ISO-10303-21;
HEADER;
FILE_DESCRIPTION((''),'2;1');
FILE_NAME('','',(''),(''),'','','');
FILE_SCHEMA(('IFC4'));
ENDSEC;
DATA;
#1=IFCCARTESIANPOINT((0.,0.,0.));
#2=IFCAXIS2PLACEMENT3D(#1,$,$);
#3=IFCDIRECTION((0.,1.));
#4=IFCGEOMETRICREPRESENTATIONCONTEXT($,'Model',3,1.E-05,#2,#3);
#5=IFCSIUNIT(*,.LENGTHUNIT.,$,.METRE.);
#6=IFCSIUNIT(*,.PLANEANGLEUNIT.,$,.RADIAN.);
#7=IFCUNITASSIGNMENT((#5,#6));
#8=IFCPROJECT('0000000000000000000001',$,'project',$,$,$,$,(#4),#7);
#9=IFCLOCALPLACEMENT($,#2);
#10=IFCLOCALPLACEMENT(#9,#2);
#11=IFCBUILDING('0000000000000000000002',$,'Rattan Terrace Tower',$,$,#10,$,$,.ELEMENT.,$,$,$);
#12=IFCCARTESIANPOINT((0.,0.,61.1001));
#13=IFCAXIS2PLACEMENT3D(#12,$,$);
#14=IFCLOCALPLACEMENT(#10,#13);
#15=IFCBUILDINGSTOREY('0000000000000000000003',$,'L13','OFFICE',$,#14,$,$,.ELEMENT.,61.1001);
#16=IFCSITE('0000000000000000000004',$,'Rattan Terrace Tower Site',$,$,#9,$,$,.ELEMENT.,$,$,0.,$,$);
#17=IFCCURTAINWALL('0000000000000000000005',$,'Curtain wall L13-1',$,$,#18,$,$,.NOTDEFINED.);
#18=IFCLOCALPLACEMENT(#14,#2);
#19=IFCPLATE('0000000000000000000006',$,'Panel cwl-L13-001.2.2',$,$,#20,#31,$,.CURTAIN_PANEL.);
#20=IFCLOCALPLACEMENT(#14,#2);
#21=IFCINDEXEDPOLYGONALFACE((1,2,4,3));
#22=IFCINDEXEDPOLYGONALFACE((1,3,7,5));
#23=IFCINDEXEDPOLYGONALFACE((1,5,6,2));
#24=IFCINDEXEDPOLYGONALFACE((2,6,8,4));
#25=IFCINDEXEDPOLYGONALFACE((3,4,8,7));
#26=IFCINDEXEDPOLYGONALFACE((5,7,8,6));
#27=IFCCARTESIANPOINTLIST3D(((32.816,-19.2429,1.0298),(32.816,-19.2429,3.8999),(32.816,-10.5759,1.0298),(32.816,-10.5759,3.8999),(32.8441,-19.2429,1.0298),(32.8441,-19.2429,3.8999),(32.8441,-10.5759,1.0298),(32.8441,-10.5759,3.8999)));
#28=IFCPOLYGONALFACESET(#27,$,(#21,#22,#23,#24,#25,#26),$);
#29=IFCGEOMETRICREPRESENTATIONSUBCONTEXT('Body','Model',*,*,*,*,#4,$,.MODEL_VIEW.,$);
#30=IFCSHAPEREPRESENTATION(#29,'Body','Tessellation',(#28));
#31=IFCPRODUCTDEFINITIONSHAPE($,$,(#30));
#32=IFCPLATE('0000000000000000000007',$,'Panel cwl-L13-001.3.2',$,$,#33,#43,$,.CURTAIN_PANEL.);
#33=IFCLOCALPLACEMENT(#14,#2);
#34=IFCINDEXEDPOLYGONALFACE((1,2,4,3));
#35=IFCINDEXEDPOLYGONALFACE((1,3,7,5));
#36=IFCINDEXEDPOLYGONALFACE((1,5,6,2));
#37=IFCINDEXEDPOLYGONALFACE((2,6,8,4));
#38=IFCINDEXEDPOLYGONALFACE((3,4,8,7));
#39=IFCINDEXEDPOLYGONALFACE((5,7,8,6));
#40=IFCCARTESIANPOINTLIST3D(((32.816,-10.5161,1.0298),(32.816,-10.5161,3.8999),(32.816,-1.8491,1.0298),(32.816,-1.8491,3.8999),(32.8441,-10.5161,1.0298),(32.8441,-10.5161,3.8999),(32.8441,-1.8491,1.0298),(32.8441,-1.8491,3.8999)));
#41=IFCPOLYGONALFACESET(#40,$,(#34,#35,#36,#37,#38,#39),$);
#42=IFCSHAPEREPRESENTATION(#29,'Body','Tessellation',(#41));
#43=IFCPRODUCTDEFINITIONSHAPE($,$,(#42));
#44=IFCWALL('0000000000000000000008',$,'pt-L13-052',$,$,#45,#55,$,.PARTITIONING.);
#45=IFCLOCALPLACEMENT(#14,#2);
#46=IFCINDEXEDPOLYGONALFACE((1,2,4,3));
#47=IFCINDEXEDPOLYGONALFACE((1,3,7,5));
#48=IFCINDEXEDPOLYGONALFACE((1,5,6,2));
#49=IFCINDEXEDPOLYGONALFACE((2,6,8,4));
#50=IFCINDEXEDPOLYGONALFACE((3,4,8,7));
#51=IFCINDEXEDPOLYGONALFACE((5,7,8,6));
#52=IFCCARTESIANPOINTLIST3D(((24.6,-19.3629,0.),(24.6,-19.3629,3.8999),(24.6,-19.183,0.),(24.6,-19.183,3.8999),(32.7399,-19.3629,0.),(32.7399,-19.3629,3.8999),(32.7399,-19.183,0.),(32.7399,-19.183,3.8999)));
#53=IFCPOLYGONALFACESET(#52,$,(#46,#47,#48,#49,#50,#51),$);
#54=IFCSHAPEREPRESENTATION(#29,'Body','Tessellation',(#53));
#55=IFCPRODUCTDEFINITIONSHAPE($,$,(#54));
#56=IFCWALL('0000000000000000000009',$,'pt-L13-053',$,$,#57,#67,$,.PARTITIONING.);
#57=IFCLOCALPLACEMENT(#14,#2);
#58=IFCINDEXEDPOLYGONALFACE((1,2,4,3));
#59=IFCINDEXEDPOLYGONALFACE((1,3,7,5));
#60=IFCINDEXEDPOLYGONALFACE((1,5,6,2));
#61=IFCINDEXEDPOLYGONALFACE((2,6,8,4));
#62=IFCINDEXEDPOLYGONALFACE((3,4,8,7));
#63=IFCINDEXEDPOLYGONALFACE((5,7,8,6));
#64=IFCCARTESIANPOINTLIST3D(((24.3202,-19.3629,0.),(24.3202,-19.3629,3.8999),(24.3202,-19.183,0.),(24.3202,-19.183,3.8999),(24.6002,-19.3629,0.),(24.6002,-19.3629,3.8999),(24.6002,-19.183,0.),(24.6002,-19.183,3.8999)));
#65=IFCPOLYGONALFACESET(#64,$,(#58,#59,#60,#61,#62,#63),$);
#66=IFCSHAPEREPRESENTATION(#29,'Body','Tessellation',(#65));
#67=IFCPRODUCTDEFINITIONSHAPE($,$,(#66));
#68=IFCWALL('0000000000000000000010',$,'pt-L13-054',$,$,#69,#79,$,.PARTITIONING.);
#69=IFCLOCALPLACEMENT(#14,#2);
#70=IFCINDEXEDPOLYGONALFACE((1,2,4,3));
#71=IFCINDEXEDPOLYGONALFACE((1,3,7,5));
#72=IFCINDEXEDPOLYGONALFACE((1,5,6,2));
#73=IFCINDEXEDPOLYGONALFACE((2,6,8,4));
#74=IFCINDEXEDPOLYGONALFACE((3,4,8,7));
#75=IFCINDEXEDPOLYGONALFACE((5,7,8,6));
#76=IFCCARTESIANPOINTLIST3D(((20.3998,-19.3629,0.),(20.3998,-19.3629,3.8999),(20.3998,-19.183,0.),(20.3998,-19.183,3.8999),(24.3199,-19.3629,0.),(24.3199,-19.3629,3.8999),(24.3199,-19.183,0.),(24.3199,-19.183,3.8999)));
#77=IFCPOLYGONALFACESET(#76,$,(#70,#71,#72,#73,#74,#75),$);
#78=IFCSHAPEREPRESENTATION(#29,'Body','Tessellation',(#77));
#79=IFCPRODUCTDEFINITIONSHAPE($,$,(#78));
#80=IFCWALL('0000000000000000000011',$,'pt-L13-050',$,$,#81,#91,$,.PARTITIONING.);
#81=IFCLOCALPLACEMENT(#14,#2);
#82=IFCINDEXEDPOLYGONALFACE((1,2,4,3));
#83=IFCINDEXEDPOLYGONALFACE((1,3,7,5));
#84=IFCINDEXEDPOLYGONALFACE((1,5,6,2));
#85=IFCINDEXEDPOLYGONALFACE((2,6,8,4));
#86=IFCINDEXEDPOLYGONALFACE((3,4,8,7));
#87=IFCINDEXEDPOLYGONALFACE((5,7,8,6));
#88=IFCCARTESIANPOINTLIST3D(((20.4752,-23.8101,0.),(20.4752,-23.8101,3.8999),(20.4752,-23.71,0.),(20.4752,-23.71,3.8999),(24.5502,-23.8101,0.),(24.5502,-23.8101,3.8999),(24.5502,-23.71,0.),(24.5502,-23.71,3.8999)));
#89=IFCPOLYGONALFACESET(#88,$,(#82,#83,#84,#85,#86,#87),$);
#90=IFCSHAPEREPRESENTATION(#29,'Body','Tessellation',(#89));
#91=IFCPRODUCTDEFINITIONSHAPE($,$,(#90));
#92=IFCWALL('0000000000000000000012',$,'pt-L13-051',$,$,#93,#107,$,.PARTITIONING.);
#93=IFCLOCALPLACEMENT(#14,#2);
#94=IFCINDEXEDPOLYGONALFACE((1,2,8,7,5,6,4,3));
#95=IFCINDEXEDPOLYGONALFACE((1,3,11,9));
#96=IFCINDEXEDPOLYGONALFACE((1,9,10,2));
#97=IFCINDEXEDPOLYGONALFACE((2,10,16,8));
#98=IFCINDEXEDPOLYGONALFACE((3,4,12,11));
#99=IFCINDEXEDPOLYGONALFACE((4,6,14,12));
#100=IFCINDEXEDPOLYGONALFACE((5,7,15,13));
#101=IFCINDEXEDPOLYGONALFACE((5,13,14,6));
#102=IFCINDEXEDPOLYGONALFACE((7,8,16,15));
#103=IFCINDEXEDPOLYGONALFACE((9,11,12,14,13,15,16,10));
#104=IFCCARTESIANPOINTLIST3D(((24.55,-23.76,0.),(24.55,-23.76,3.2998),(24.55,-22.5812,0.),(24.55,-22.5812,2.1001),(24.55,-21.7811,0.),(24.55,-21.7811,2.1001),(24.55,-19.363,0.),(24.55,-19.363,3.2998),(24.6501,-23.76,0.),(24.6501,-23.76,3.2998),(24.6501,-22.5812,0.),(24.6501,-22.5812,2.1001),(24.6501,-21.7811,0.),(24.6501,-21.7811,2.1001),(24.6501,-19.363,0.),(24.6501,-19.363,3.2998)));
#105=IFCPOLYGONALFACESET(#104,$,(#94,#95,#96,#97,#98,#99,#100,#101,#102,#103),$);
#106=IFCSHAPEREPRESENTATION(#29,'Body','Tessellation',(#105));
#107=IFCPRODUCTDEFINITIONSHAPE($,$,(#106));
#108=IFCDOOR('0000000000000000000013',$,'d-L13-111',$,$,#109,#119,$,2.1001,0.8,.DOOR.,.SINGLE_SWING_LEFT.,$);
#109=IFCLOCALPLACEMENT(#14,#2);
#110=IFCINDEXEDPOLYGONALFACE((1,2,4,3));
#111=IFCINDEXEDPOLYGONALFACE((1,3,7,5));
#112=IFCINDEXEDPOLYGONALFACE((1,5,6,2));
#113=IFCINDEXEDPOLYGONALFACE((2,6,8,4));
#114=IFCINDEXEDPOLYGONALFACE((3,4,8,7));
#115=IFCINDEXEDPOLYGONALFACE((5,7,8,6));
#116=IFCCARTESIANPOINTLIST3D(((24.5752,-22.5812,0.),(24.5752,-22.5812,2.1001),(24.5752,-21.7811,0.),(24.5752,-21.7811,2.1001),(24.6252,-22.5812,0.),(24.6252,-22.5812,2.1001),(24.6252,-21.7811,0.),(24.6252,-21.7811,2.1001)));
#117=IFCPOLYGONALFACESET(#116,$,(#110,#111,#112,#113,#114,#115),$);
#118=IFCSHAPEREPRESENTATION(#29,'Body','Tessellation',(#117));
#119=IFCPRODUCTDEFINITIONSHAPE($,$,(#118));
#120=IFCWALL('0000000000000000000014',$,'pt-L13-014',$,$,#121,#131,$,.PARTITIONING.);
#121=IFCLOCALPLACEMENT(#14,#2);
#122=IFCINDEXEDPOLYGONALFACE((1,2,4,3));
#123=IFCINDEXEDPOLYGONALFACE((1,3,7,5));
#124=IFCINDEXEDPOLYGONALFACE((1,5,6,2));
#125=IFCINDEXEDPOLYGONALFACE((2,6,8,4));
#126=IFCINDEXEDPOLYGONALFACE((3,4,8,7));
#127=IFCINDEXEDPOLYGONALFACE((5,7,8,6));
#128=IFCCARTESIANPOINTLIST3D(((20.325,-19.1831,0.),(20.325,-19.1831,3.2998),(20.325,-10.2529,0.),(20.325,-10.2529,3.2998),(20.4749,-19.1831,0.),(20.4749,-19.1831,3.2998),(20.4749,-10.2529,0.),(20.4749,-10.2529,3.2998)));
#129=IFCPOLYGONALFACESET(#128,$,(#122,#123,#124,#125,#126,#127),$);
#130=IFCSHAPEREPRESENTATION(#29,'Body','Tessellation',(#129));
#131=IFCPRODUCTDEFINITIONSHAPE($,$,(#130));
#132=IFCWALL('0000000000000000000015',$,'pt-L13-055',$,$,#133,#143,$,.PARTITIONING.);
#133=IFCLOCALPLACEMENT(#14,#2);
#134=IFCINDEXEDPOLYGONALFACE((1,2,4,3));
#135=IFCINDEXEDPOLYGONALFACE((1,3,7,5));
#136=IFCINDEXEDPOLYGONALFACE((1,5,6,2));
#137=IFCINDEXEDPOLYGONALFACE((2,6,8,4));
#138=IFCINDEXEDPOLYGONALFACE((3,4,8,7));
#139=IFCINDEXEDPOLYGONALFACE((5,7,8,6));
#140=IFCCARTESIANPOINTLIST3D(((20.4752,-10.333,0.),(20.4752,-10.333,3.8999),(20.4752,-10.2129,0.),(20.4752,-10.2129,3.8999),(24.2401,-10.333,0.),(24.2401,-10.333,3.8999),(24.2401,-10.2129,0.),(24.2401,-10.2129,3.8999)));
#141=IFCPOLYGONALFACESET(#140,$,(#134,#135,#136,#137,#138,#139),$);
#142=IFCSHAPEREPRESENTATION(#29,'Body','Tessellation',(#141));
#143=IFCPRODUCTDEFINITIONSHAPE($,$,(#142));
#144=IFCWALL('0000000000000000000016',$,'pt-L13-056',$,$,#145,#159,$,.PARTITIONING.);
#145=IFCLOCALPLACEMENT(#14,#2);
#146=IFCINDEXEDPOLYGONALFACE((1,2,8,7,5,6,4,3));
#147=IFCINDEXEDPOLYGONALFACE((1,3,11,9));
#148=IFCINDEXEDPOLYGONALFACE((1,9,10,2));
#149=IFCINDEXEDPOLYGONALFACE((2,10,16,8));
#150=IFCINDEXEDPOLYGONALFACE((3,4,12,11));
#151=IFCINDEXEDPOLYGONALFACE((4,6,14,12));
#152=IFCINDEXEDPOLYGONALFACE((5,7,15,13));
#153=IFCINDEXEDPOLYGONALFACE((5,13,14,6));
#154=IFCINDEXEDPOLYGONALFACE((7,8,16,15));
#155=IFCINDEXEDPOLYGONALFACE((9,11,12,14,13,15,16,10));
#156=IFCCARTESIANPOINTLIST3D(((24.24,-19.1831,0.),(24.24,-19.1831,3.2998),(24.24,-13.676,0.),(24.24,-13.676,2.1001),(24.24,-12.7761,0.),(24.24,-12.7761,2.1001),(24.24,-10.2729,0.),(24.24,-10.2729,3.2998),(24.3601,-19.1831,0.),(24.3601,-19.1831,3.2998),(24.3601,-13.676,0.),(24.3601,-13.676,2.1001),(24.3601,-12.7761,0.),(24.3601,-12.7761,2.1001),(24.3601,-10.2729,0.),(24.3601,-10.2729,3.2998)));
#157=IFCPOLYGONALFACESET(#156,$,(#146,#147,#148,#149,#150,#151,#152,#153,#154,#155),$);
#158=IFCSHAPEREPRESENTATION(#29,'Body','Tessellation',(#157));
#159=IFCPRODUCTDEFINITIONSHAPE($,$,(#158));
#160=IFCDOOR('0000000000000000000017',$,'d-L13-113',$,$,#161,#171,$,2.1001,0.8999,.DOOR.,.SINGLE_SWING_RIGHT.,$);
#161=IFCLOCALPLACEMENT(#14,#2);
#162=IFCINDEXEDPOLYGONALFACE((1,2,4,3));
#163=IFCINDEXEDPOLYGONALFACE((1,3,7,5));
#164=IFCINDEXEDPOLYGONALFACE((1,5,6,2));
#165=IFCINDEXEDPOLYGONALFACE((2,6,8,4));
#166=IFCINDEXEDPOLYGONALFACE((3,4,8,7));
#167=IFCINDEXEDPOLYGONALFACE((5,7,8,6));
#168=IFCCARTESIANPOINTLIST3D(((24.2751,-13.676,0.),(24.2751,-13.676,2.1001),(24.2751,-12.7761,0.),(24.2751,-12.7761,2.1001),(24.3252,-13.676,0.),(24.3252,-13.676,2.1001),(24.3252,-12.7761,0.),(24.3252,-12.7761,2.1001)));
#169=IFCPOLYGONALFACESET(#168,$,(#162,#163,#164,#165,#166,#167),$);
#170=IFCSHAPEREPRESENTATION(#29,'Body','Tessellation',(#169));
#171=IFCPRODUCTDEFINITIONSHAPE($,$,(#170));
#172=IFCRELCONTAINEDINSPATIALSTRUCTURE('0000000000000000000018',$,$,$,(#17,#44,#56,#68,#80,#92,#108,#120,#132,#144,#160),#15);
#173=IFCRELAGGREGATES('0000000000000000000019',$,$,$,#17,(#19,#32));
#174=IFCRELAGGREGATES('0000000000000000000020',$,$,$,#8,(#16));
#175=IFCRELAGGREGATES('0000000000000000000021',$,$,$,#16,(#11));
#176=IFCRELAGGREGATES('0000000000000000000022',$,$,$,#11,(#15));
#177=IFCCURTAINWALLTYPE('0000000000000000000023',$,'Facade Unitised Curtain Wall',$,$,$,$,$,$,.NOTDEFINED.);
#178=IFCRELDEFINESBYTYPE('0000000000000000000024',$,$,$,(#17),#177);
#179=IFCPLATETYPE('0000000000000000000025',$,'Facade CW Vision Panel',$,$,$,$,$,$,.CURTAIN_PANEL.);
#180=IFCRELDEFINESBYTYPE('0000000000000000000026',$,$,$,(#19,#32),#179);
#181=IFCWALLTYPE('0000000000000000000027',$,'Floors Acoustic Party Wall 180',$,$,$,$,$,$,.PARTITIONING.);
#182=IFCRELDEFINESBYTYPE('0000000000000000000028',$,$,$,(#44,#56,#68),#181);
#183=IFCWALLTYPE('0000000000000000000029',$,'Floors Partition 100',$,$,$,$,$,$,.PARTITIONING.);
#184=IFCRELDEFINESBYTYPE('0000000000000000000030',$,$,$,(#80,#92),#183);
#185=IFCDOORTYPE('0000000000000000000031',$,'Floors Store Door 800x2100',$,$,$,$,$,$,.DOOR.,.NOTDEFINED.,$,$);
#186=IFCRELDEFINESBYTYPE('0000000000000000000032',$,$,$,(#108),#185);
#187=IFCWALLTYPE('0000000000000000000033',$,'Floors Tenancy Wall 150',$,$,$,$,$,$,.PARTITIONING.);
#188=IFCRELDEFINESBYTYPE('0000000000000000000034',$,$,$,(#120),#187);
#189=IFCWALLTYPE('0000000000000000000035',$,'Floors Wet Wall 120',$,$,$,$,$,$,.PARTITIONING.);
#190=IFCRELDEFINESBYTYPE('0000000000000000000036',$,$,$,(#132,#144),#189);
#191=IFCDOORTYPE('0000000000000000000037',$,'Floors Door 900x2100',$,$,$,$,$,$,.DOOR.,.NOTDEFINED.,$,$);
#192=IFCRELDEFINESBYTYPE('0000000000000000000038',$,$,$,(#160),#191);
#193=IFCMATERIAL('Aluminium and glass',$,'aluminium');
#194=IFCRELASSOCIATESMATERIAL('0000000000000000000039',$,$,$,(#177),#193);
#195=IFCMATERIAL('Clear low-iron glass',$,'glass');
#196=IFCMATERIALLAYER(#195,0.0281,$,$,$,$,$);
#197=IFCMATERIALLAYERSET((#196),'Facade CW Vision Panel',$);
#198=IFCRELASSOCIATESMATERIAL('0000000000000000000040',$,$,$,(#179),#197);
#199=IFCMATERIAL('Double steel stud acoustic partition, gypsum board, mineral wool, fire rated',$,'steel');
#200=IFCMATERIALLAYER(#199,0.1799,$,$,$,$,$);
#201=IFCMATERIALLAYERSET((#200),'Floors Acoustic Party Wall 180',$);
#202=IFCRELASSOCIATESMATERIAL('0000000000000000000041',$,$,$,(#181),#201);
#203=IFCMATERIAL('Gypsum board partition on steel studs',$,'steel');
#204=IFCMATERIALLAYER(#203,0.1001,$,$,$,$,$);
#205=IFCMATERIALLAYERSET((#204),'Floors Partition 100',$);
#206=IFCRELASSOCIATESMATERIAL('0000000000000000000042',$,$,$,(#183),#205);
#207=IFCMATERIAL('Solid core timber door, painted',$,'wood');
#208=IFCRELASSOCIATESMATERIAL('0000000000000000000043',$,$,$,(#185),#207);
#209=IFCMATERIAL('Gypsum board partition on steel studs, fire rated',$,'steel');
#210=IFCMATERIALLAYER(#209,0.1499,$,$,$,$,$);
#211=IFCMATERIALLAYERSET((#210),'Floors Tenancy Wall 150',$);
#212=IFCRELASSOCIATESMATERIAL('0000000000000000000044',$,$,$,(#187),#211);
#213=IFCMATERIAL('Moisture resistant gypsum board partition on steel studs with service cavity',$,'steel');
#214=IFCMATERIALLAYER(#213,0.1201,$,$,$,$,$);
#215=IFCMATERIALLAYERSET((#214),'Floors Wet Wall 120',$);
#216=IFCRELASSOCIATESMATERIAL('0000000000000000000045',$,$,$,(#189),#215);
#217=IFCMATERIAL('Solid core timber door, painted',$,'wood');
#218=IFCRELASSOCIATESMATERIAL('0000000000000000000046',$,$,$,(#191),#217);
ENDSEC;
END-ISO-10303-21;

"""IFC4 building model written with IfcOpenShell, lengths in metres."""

from ifc_helpers import new_model, si_unit, direction, frame, frame_2d, origin, origin_2d, place, context, subcontext, project, spatial, rectangle, extrude, material, layer, layer_set, type_object, element, fill, aggregate, save


model = new_model("IFC4")

# Units and contexts
model_context = context("Model", 3, precision=1e-05, world=origin(), true_north=direction((0.0, 1.0)))
body_context = subcontext(model_context, "Body", "Model", "MODEL_VIEW")
ifc_project = project(units=[si_unit("LENGTHUNIT", "METRE"), si_unit("PLANEANGLEUNIT", "RADIAN")], contexts=[model_context])

# Site, building, storey
site_placement = place(None, origin())
site = spatial("IfcSite", under=ifc_project, at=site_placement, Name="Rattan Terrace Tower Site", CompositionType="ELEMENT", RefElevation=0.0)
building_placement = place(site_placement, origin())
building = spatial("IfcBuilding", under=site, at=building_placement, Name="Rattan Terrace Tower", CompositionType="ELEMENT")
storey_placement = place(building_placement, frame((0.0, 0.0, 61.1001)))
storey = spatial("IfcBuildingStorey", under=building, at=storey_placement, Name="L13", Description="OFFICE", CompositionType="ELEMENT", Elevation=61.1001)

# Curtain wall
ifc_material_1 = material(Name="Aluminium and glass", Category="aluminium")
curtain_wall_type = type_object("IfcCurtainWallType", Name="Facade Unitised Curtain Wall", PredefinedType="NOTDEFINED", material=ifc_material_1)
curtain_wall_placement = place(storey_placement, origin())
curtain_wall = element("IfcCurtainWall", 1, at=curtain_wall_placement, inside=storey, type_object=curtain_wall_type, Name="Curtain wall L13-1", PredefinedType="NOTDEFINED")

# Plates
ifc_material_2 = material(Name="Clear low-iron glass", Category="glass")
ifc_layer_1 = layer(ifc_material_2, 0.0281)
ifc_layer_set_1 = layer_set([ifc_layer_1], Name="Facade CW Vision Panel")
plate_type_1 = type_object("IfcPlateType", Name="Facade CW Vision Panel", PredefinedType="CURTAIN_PANEL", material=ifc_layer_set_1)
plate_1_placement = place(storey_placement, frame((32.8301, -14.9094, 1.0298), z_axis=(0.0, 0.0, 1.0), x_axis=(0.0, 1.0, 0.0)))
plate_1 = element("IfcPlate", 2, at=plate_1_placement, type_object=plate_type_1, Name="Panel cwl-L13-001.2.2", PredefinedType="CURTAIN_PANEL", context=body_context, shape_type="SweptSolid", body=[
    extrude(rectangle(XDim=8.667, YDim=0.0281, at=origin_2d()), origin(), (0.0, 0.0, 1.0), 2.8701),
])
plate_2_placement = place(storey_placement, frame((32.8301, -6.1826, 1.0298), z_axis=(0.0, 0.0, 1.0), x_axis=(0.0, 1.0, 0.0)))
plate_2 = element("IfcPlate", 3, at=plate_2_placement, type_object=plate_type_1, Name="Panel cwl-L13-001.3.2", PredefinedType="CURTAIN_PANEL", context=body_context, shape_type="SweptSolid", body=[
    extrude(rectangle(XDim=8.667, YDim=0.0281, at=origin_2d()), origin(), (0.0, 0.0, 1.0), 2.8701),
])
aggregate(curtain_wall, [plate_1, plate_2])

# Walls
ifc_material_3 = material(Name="Double steel stud acoustic partition, gypsum board, mineral wool, fire rated", Category="steel")
ifc_layer_2 = layer(ifc_material_3, 0.1799)
ifc_layer_set_2 = layer_set([ifc_layer_2], Name="Floors Acoustic Party Wall 180")
wall_type_1 = type_object("IfcWallType", Name="Floors Acoustic Party Wall 180", PredefinedType="PARTITIONING", material=ifc_layer_set_2)
wall_1_placement = place(storey_placement, frame((24.6001, -19.2729, 0.0), z_axis=(0.0, 0.0, 1.0), x_axis=(1.0, 0.0, 0.0)))
element("IfcWall", 4, at=wall_1_placement, inside=storey, type_object=wall_type_1, Name="pt-L13-052", PredefinedType="PARTITIONING", context=body_context, shape_type="SweptSolid", body=[
    extrude(rectangle(XDim=8.1399, YDim=0.1799, at=frame_2d((4.0698, 0.0))), origin(), (0.0, 0.0, 1.0), 3.8999),
])
wall_2_placement = place(storey_placement, frame((24.3201, -19.2729, 0.0), z_axis=(0.0, 0.0, 1.0), x_axis=(1.0, 0.0, 0.0)))
element("IfcWall", 5, at=wall_2_placement, inside=storey, type_object=wall_type_1, Name="pt-L13-053", PredefinedType="PARTITIONING", context=body_context, shape_type="SweptSolid", body=[
    extrude(rectangle(XDim=0.28, YDim=0.1799, at=frame_2d((0.1401, 0.0))), origin(), (0.0, 0.0, 1.0), 3.8999),
])
wall_3_placement = place(storey_placement, frame((20.3999, -19.2729, 0.0), z_axis=(0.0, 0.0, 1.0), x_axis=(1.0, 0.0, 0.0)))
element("IfcWall", 6, at=wall_3_placement, inside=storey, type_object=wall_type_1, Name="pt-L13-054", PredefinedType="PARTITIONING", context=body_context, shape_type="SweptSolid", body=[
    extrude(rectangle(XDim=3.9202, YDim=0.1799, at=frame_2d((1.96, 0.0))), origin(), (0.0, 0.0, 1.0), 3.8999),
])
ifc_material_4 = material(Name="Gypsum board partition on steel studs", Category="steel")
ifc_layer_3 = layer(ifc_material_4, 0.1001)
ifc_layer_set_3 = layer_set([ifc_layer_3], Name="Floors Partition 100")
wall_type_2 = type_object("IfcWallType", Name="Floors Partition 100", PredefinedType="PARTITIONING", material=ifc_layer_set_3)
wall_4_placement = place(storey_placement, frame((20.4751, -23.76, 0.0), z_axis=(0.0, 0.0, 1.0), x_axis=(1.0, 0.0, 0.0)))
element("IfcWall", 7, at=wall_4_placement, inside=storey, type_object=wall_type_2, Name="pt-L13-050", PredefinedType="PARTITIONING", context=body_context, shape_type="SweptSolid", body=[
    extrude(rectangle(XDim=4.075, YDim=0.1001, at=frame_2d((2.0376, 0.0))), origin(), (0.0, 0.0, 1.0), 3.8999),
])

# Wall, opening, door
wall_5_placement = place(storey_placement, frame((24.6001, -23.76, 0.0), z_axis=(0.0, 0.0, 1.0), x_axis=(0.0, 1.0, 0.0)))
wall_5 = element("IfcWall", 8, at=wall_5_placement, inside=storey, type_object=wall_type_2, Name="pt-L13-051", PredefinedType="PARTITIONING", context=body_context, shape_type="SweptSolid", body=[
    extrude(rectangle(XDim=4.397, YDim=0.1001, at=frame_2d((2.1985, 0.0))), origin(), (0.0, 0.0, 1.0), 3.2998),
])
opening_1_placement = place(wall_5_placement, frame((1.179, 0.0, 0.0)))
opening_1 = element("IfcOpeningElement", 9, at=opening_1_placement, cuts=wall_5, PredefinedType="OPENING", context=body_context, shape_type="SweptSolid", body=[
    extrude(rectangle(XDim=0.8, YDim=2.1001, at=frame_2d((0.3999, 1.05))), frame((0.0, 0.0605, 0.0), z_axis=(0.0, -1.0, 0.0), x_axis=(1.0, 0.0, 0.0)), (0.0, 0.0, 1.0), 0.1211),
])
ifc_material_5 = material(Name="Solid core timber door, painted", Category="wood")
door_type_1 = type_object("IfcDoorType", Name="Floors Store Door 800x2100", OperationType="NOTDEFINED", PredefinedType="DOOR", material=ifc_material_5)
door_1_placement = place(opening_1_placement, origin())
door_1 = element("IfcDoor", 10, at=door_1_placement, inside=storey, type_object=door_type_1, Name="d-L13-111", OperationType="SINGLE_SWING_LEFT", OverallHeight=2.1001, OverallWidth=0.8, PredefinedType="DOOR", context=body_context, shape_type="SweptSolid", body=[
    extrude(rectangle(XDim=0.8, YDim=2.1001, at=frame_2d((0.3999, 1.05))), frame((0.0, 0.0249, 0.0), z_axis=(0.0, -1.0, 0.0), x_axis=(1.0, 0.0, 0.0)), (0.0, 0.0, 1.0), 0.05),
])
fill(opening_1, door_1)

# Walls
ifc_material_6 = material(Name="Gypsum board partition on steel studs, fire rated", Category="steel")
ifc_layer_4 = layer(ifc_material_6, 0.1499)
ifc_layer_set_4 = layer_set([ifc_layer_4], Name="Floors Tenancy Wall 150")
wall_type_3 = type_object("IfcWallType", Name="Floors Tenancy Wall 150", PredefinedType="PARTITIONING", material=ifc_layer_set_4)
wall_6_placement = place(storey_placement, frame((20.3999, -10.2529, 0.0), z_axis=(0.0, 0.0, 1.0), x_axis=(0.0, -1.0, 0.0)))
element("IfcWall", 11, at=wall_6_placement, inside=storey, type_object=wall_type_3, Name="pt-L13-014", PredefinedType="PARTITIONING", context=body_context, shape_type="SweptSolid", body=[
    extrude(rectangle(XDim=8.9302, YDim=0.1499, at=frame_2d((4.4651, 0.0))), origin(), (0.0, 0.0, 1.0), 3.2998),
])
ifc_material_7 = material(Name="Moisture resistant gypsum board partition on steel studs with service cavity", Category="steel")
ifc_layer_5 = layer(ifc_material_7, 0.1201)
ifc_layer_set_5 = layer_set([ifc_layer_5], Name="Floors Wet Wall 120")
wall_type_4 = type_object("IfcWallType", Name="Floors Wet Wall 120", PredefinedType="PARTITIONING", material=ifc_layer_set_5)
wall_7_placement = place(storey_placement, frame((24.24, -10.2729, 0.0), z_axis=(0.0, 0.0, 1.0), x_axis=(-1.0, 0.0, 0.0)))
element("IfcWall", 12, at=wall_7_placement, inside=storey, type_object=wall_type_4, Name="pt-L13-055", PredefinedType="PARTITIONING", context=body_context, shape_type="SweptSolid", body=[
    extrude(rectangle(XDim=3.7649, YDim=0.1201, at=frame_2d((1.8823, 0.0))), origin(), (0.0, 0.0, 1.0), 3.8999),
])

# Wall, opening, door
wall_8_placement = place(storey_placement, frame((24.3, -19.1831, 0.0), z_axis=(0.0, 0.0, 1.0), x_axis=(0.0, 1.0, 0.0)))
wall_8 = element("IfcWall", 13, at=wall_8_placement, inside=storey, type_object=wall_type_4, Name="pt-L13-056", PredefinedType="PARTITIONING", context=body_context, shape_type="SweptSolid", body=[
    extrude(rectangle(XDim=8.9102, YDim=0.1201, at=frame_2d((4.4551, 0.0))), origin(), (0.0, 0.0, 1.0), 3.2998),
])
opening_2_placement = place(wall_8_placement, frame((5.5071, 0.0, 0.0)))
opening_2 = element("IfcOpeningElement", 14, at=opening_2_placement, cuts=wall_8, PredefinedType="OPENING", context=body_context, shape_type="SweptSolid", body=[
    extrude(rectangle(XDim=0.8999, YDim=2.1001, at=frame_2d((0.45, 1.05))), frame((0.0, 0.0706, 0.0), z_axis=(0.0, -1.0, 0.0), x_axis=(1.0, 0.0, 0.0)), (0.0, 0.0, 1.0), 0.1411),
])
ifc_material_8 = material(Name="Solid core timber door, painted", Category="wood")
door_type_2 = type_object("IfcDoorType", Name="Floors Door 900x2100", OperationType="NOTDEFINED", PredefinedType="DOOR", material=ifc_material_8)
door_2_placement = place(opening_2_placement, origin())
door_2 = element("IfcDoor", 15, at=door_2_placement, inside=storey, type_object=door_type_2, Name="d-L13-113", OperationType="SINGLE_SWING_RIGHT", OverallHeight=2.1001, OverallWidth=0.8999, PredefinedType="DOOR", context=body_context, shape_type="SweptSolid", body=[
    extrude(rectangle(XDim=0.8999, YDim=2.1001, at=frame_2d((0.45, 1.05))), frame((0.0, 0.0249, 0.0), z_axis=(0.0, -1.0, 0.0), x_axis=(1.0, 0.0, 0.0)), (0.0, 0.0, 1.0), 0.05),
])
fill(opening_2, door_2)

save(model, "model.ifc")
